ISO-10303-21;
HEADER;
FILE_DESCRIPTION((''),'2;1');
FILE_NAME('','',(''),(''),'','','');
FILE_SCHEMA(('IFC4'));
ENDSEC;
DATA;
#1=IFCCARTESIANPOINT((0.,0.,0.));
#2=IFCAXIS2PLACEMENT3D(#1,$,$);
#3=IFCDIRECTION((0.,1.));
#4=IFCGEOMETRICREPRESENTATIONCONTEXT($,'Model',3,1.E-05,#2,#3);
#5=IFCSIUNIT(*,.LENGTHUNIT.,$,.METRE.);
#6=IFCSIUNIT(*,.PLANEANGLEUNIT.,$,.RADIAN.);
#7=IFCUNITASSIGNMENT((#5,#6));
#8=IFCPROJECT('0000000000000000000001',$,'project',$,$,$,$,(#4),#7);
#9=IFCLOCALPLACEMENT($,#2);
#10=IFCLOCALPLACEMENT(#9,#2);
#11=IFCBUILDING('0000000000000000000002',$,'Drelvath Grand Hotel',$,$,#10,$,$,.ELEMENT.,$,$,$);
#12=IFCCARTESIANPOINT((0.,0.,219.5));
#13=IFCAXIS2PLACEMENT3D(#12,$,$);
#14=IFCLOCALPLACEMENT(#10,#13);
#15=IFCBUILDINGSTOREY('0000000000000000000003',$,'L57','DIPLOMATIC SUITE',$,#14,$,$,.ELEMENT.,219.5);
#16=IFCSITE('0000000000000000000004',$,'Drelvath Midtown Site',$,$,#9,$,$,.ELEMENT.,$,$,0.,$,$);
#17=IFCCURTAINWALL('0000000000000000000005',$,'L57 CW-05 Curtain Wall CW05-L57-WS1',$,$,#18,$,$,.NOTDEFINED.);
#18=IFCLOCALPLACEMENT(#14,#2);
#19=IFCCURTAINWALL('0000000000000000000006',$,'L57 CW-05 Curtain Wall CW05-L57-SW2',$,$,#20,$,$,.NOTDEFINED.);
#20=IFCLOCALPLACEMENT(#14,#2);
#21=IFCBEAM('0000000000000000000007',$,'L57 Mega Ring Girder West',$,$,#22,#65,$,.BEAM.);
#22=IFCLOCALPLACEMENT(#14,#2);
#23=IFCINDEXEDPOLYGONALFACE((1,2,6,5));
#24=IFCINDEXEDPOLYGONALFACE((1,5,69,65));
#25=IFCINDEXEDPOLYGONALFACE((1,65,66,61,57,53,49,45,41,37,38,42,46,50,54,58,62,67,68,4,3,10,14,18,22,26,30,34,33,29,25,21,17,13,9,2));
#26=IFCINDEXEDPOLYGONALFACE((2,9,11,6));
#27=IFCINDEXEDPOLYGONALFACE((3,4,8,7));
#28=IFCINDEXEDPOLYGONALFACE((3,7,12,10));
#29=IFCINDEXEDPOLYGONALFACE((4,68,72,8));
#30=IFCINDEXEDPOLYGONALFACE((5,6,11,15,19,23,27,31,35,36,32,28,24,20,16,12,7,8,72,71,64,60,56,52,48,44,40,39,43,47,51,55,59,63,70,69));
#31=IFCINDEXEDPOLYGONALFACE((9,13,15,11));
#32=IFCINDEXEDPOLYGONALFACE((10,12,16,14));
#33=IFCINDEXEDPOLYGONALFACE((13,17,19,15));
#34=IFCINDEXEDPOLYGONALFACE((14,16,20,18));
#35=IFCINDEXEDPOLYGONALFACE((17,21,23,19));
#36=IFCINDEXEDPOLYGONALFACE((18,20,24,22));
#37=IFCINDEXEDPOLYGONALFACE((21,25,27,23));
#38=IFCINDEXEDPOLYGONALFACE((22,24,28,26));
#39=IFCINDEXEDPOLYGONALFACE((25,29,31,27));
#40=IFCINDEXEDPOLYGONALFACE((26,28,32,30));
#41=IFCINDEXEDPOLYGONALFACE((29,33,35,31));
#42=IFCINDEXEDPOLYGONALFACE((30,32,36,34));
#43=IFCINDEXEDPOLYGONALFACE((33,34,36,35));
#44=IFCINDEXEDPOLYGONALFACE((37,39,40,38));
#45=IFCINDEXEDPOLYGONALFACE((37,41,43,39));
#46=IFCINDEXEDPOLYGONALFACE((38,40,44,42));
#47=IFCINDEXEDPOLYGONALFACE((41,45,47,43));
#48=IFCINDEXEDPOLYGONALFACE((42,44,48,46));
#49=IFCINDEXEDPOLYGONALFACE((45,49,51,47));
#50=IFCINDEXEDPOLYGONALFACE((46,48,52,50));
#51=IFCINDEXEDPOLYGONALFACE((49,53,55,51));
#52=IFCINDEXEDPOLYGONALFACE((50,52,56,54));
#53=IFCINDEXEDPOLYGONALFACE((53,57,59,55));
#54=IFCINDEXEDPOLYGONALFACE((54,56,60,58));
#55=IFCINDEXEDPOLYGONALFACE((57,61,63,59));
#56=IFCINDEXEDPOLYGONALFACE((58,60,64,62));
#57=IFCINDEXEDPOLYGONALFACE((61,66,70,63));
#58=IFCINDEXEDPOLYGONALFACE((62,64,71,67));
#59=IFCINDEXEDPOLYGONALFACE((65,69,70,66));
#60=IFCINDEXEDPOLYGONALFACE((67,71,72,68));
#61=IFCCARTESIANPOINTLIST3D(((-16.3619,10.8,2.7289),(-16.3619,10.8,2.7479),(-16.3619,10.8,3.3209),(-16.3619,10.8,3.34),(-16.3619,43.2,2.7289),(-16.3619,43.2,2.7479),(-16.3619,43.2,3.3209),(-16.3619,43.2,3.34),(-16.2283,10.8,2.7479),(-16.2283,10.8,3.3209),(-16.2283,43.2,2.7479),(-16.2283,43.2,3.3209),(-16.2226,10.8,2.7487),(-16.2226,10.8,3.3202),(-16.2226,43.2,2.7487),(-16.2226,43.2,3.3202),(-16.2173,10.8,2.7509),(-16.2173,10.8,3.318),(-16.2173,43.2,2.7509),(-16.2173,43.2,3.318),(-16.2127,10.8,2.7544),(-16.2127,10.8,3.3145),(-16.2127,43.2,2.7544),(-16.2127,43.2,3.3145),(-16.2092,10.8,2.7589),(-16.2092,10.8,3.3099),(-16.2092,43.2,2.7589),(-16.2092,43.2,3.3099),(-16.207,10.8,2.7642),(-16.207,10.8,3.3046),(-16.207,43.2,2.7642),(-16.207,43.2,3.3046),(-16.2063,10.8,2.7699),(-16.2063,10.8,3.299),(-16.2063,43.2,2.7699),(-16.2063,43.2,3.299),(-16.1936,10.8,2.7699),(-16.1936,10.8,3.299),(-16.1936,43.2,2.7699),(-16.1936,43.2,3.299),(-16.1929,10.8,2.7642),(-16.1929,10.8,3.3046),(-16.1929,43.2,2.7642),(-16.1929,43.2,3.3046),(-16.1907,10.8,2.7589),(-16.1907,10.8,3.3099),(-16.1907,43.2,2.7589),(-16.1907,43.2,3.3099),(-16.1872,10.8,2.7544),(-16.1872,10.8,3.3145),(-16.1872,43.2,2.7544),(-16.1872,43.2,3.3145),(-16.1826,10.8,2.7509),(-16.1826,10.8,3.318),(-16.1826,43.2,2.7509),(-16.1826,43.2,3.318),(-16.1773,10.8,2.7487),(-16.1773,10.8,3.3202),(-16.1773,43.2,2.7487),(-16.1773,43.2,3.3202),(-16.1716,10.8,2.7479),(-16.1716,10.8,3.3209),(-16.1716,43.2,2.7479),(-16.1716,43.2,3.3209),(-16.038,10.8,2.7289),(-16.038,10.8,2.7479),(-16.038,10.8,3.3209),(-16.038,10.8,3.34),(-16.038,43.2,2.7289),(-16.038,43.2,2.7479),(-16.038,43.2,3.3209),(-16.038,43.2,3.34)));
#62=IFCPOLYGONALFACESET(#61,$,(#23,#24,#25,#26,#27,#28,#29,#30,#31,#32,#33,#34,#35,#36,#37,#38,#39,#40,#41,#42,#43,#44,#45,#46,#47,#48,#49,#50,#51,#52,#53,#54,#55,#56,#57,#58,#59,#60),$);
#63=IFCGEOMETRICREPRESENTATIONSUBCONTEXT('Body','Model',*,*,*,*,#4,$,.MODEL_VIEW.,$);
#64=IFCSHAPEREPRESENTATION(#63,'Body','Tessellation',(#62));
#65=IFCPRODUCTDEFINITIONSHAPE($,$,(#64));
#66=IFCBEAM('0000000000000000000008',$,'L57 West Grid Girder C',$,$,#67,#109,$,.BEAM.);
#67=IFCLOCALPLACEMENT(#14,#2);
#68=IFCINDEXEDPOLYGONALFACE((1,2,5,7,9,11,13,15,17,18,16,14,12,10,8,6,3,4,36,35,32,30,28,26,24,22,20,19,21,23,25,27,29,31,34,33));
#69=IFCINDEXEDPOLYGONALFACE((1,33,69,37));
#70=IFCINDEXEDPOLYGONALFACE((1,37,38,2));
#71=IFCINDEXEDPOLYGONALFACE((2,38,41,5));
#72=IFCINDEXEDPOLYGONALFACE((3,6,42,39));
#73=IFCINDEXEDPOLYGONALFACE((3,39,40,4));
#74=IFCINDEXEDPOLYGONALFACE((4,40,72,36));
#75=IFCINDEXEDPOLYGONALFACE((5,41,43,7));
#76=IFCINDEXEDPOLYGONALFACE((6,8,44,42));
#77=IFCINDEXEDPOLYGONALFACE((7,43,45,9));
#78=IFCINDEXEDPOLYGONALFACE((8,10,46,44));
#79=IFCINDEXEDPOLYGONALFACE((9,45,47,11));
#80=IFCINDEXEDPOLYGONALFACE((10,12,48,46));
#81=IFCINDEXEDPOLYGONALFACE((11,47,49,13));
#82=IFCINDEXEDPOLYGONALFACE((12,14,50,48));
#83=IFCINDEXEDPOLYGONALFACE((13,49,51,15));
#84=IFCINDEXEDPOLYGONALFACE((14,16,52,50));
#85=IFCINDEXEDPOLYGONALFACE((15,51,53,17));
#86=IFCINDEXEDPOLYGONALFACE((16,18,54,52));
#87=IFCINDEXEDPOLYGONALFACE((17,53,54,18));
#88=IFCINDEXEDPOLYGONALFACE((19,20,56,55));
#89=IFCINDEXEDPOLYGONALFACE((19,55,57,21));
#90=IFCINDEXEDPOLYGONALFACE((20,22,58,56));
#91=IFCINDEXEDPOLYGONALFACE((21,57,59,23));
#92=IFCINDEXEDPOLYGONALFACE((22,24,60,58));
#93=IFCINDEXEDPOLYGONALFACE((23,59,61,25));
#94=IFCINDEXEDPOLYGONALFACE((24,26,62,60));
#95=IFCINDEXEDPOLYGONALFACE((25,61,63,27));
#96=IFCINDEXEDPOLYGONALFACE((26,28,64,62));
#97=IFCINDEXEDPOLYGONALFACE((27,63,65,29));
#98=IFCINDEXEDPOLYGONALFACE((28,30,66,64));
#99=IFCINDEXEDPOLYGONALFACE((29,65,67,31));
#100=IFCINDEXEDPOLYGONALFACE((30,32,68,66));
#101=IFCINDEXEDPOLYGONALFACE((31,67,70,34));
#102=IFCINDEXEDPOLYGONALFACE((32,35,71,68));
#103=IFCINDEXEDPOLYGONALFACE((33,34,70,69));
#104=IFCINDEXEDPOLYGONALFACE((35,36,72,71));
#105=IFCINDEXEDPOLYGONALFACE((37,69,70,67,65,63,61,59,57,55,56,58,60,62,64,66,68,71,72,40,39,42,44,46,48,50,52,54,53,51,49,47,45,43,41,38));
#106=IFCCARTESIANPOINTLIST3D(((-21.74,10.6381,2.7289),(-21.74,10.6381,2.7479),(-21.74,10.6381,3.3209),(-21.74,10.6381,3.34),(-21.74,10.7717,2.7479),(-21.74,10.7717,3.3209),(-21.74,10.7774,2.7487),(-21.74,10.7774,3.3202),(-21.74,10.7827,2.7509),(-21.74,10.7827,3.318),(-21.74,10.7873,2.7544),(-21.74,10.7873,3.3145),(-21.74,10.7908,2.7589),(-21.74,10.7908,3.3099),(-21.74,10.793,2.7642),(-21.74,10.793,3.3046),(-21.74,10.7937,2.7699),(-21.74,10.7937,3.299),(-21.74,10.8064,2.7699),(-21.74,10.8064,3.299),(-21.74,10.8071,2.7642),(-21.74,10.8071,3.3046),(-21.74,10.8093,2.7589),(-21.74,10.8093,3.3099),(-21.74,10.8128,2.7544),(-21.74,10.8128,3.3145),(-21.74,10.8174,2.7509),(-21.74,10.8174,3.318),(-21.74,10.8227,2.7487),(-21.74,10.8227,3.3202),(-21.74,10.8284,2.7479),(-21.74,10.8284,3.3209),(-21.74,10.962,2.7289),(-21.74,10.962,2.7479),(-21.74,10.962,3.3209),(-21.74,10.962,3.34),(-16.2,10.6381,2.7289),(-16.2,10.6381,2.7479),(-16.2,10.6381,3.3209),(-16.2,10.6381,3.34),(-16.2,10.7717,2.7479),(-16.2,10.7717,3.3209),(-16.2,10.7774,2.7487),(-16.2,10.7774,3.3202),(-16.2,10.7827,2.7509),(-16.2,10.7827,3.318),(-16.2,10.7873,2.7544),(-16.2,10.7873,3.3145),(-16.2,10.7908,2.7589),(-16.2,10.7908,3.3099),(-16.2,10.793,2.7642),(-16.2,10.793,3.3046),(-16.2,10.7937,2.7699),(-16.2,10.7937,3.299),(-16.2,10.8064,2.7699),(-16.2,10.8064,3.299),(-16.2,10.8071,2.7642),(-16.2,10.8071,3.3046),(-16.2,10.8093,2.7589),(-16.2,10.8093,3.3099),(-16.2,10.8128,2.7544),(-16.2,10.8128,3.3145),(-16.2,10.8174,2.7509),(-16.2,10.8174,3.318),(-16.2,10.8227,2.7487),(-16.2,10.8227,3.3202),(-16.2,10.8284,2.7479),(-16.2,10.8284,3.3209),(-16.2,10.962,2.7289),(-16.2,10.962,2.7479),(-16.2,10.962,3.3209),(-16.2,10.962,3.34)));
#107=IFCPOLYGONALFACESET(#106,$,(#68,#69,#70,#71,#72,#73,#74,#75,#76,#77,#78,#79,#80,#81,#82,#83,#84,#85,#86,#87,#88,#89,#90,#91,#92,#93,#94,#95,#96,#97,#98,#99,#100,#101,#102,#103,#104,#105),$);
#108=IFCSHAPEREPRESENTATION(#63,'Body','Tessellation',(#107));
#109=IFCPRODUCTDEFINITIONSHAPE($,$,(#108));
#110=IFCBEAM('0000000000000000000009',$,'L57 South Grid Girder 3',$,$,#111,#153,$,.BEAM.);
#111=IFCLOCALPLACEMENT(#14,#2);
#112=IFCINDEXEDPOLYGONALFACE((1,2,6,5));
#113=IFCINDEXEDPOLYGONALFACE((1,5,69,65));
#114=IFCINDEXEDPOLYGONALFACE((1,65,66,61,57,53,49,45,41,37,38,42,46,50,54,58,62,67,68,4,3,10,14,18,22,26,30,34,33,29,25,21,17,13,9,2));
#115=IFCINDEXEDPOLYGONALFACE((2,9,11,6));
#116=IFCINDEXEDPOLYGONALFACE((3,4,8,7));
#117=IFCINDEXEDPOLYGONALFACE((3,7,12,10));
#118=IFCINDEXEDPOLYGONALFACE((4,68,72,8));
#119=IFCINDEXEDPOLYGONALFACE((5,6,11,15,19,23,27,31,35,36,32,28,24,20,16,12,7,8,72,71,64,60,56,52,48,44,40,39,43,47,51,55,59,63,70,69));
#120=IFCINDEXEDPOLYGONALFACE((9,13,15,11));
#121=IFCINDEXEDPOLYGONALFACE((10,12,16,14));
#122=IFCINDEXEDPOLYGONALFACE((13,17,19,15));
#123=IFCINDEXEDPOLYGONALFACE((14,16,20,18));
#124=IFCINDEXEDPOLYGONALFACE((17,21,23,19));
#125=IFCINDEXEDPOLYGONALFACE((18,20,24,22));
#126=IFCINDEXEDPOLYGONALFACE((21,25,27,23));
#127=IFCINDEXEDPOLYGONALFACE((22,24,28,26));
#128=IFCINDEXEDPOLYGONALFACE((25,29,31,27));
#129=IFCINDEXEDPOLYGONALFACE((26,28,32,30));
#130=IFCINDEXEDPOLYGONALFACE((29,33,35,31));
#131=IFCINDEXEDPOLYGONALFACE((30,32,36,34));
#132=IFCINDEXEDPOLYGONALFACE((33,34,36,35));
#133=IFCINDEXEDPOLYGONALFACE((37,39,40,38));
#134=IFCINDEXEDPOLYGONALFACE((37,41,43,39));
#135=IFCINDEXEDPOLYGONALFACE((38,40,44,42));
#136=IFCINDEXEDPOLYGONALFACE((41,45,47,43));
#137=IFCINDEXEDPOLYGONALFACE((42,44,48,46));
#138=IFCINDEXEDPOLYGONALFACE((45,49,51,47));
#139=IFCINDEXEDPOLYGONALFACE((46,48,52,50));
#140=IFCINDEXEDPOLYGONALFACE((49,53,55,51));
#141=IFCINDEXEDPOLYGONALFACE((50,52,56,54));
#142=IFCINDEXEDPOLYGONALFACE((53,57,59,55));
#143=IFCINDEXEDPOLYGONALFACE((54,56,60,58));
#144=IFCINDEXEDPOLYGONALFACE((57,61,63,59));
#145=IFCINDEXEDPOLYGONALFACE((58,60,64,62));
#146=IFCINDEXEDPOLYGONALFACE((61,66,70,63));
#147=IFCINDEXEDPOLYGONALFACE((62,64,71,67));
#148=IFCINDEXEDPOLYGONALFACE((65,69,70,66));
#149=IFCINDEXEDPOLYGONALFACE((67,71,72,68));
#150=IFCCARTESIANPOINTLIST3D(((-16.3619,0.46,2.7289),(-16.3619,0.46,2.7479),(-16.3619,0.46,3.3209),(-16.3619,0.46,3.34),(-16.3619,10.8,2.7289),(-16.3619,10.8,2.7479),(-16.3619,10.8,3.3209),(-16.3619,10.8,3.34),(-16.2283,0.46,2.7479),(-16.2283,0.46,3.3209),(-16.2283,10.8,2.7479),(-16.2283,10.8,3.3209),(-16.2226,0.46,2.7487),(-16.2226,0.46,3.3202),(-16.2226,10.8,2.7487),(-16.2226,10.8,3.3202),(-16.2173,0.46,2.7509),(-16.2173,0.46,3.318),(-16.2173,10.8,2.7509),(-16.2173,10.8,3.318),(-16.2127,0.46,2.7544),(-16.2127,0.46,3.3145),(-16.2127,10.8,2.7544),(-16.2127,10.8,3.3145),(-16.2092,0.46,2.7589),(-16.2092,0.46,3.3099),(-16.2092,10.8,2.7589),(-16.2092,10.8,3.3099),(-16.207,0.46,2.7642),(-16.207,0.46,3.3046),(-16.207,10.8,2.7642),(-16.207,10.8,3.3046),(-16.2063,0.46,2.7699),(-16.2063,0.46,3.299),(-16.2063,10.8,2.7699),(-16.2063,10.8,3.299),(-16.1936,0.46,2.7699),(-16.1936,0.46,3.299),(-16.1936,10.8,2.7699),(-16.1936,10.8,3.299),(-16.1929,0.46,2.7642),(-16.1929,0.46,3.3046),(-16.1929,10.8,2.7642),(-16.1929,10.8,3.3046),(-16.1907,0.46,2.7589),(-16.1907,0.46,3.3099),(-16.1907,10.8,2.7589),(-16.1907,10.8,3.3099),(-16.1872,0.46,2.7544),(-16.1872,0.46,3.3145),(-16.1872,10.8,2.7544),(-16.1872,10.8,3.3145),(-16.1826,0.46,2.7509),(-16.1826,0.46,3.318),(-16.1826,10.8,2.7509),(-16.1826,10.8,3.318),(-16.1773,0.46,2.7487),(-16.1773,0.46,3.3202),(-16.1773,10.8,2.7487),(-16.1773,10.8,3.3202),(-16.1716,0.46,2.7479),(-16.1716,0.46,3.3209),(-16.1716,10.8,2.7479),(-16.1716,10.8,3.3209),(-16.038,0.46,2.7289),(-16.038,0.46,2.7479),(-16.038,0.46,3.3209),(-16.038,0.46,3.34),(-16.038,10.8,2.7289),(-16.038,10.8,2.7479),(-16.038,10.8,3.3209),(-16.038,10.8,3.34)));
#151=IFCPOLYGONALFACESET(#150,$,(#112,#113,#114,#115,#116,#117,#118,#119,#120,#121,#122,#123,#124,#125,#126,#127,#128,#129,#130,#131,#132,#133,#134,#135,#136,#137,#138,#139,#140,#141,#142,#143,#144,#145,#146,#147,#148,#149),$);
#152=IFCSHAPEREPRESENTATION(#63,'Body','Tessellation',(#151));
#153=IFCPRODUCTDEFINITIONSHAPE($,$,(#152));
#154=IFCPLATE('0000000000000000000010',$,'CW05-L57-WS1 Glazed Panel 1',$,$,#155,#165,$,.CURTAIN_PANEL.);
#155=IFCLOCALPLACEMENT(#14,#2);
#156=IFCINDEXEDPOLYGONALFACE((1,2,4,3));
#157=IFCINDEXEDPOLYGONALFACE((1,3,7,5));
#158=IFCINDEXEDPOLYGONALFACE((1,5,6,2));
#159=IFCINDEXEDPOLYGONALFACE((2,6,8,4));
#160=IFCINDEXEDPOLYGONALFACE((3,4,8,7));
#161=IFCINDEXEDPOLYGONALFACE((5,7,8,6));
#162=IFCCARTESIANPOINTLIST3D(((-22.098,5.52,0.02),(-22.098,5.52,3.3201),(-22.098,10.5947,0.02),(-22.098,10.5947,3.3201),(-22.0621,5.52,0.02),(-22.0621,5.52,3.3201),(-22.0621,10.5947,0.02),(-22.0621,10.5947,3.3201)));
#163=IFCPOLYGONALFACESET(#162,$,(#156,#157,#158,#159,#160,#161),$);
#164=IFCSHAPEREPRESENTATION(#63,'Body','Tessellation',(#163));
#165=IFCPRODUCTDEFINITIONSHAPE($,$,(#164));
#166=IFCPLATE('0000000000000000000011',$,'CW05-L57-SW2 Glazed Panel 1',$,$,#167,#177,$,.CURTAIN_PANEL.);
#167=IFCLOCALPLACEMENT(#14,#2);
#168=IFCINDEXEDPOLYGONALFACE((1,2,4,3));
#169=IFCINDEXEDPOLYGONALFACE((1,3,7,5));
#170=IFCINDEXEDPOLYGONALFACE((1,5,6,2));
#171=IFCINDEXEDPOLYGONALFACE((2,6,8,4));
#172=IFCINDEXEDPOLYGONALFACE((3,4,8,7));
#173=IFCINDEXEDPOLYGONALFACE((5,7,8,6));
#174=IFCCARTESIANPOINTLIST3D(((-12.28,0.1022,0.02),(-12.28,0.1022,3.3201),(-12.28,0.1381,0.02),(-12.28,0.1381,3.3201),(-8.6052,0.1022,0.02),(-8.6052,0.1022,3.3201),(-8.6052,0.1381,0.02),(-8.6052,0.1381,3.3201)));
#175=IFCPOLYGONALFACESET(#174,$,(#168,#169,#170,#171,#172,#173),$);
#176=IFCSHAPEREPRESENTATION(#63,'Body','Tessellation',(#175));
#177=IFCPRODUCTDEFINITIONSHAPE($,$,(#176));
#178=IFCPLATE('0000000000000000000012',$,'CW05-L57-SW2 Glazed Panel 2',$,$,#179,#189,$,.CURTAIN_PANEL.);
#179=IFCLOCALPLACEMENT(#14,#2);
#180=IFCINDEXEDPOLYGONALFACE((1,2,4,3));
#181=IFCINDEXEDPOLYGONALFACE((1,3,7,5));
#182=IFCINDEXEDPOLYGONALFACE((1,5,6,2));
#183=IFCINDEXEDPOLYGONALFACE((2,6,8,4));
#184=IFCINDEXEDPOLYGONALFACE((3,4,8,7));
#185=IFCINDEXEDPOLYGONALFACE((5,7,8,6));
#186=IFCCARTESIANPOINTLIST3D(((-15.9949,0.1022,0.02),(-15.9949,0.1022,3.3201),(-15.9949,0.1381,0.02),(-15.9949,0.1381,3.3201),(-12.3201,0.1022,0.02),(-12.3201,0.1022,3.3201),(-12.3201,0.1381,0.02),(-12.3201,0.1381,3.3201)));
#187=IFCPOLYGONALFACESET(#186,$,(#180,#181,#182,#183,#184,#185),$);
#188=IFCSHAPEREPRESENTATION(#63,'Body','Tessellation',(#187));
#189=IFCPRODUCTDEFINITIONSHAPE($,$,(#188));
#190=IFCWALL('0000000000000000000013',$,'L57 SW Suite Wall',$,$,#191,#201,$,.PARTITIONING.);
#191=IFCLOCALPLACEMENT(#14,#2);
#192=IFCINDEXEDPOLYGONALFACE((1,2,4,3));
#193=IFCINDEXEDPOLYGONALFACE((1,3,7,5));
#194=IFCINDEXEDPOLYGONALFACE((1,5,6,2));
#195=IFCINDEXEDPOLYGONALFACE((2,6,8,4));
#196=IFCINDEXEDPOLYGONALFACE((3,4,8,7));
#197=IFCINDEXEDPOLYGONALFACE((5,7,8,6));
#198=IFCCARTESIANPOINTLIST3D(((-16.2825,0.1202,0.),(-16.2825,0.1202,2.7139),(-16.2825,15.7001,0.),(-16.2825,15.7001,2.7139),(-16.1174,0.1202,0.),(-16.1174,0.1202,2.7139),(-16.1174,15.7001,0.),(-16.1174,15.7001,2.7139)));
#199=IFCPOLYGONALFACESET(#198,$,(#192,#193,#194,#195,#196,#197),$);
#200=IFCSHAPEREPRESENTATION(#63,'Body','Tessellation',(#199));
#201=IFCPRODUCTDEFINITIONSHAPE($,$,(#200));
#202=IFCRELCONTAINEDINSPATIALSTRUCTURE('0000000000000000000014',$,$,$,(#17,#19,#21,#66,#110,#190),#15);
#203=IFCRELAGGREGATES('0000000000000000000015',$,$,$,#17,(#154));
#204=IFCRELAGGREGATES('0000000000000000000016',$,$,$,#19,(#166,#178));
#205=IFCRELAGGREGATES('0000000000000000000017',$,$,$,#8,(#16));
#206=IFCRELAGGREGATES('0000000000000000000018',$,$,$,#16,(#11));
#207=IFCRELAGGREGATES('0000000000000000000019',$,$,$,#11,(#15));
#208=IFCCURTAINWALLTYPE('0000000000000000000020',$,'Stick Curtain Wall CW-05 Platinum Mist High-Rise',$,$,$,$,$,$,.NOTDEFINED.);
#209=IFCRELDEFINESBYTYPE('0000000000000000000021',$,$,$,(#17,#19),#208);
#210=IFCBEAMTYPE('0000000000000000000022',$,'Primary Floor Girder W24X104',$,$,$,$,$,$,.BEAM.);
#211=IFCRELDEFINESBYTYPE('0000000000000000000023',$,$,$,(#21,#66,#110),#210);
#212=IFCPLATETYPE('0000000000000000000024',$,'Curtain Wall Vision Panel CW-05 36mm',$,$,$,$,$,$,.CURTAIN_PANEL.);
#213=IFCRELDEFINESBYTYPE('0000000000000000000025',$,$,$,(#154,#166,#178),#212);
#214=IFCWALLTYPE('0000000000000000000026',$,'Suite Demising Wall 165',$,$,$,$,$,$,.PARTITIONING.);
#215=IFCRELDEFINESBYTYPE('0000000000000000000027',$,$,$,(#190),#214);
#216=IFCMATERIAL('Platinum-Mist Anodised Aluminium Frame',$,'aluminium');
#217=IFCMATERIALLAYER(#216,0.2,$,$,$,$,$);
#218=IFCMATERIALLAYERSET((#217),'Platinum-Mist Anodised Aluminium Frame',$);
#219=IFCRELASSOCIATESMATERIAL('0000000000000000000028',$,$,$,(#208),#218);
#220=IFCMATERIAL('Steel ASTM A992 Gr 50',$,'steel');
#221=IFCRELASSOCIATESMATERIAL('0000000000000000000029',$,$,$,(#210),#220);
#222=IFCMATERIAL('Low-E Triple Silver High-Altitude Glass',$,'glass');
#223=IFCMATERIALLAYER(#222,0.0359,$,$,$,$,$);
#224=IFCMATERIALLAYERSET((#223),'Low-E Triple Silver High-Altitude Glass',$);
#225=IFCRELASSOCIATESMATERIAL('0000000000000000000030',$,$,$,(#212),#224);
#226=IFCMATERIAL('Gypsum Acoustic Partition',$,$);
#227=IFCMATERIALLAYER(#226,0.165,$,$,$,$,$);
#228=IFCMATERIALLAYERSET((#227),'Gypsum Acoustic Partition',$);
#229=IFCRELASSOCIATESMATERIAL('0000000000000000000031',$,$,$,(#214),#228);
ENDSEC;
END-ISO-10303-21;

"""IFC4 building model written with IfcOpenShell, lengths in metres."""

from ifc_helpers import new_model, si_unit, direction, frame, frame_2d, origin, origin_2d, place, context, subcontext, project, spatial, rectangle, i_section, extrude, material, layer, layer_set, material_profile, profile_set, type_object, element, aggregate, save


model = new_model("IFC4")

# Units and contexts
model_context = context("Model", 3, precision=1e-05, world=origin(), true_north=direction((0.0, 1.0)))
body_context = subcontext(model_context, "Body", "Model", "MODEL_VIEW")
ifc_project = project(units=[si_unit("LENGTHUNIT", "METRE"), si_unit("PLANEANGLEUNIT", "RADIAN")], contexts=[model_context])

# Site, building, storey
site_placement = place(None, origin())
site = spatial("IfcSite", under=ifc_project, at=site_placement, Name="Drelvath Midtown Site", CompositionType="ELEMENT", RefElevation=0.0)
building_placement = place(site_placement, origin())
building = spatial("IfcBuilding", under=site, at=building_placement, Name="Drelvath Grand Hotel", CompositionType="ELEMENT")
storey_placement = place(building_placement, frame((0.0, 0.0, 219.5)))
storey = spatial("IfcBuildingStorey", under=building, at=storey_placement, Name="L57", Description="DIPLOMATIC SUITE", CompositionType="ELEMENT", Elevation=219.5)

# Shared definitions
ifc_material_1 = material(Name="Steel ASTM A992 Gr 50", Category="steel")

# Curtain walls
ifc_material_2 = material(Name="Platinum-Mist Anodised Aluminium Frame", Category="aluminium")
ifc_layer_1 = layer(ifc_material_2, 0.2)
ifc_layer_set_1 = layer_set([ifc_layer_1], Name="Platinum-Mist Anodised Aluminium Frame")
curtain_wall_type = type_object("IfcCurtainWallType", Name="Stick Curtain Wall CW-05 Platinum Mist High-Rise", PredefinedType="NOTDEFINED", material=ifc_layer_set_1)
curtain_wall_1_placement = place(storey_placement, origin())
curtain_wall_1 = element("IfcCurtainWall", 1, at=curtain_wall_1_placement, inside=storey, type_object=curtain_wall_type, Name="L57 CW-05 Curtain Wall CW05-L57-WS1", PredefinedType="NOTDEFINED")
curtain_wall_2_placement = place(storey_placement, origin())
curtain_wall_2 = element("IfcCurtainWall", 2, at=curtain_wall_2_placement, inside=storey, type_object=curtain_wall_type, Name="L57 CW-05 Curtain Wall CW05-L57-SW2", PredefinedType="NOTDEFINED")

# Beams
ifc_material_profile_1 = material_profile(ifc_material_1, i_section(OverallWidth=0.324, OverallDepth=0.6111, WebThickness=0.0127, FlangeThickness=0.019, FilletRadius=0.022, at=origin_2d()), Name="W24X104")
ifc_profile_set_1 = profile_set([ifc_material_profile_1], Name="Steel ASTM A992 Gr 50")
beam_type_1 = type_object("IfcBeamType", Name="Primary Floor Girder W24X104", PredefinedType="BEAM", material=ifc_profile_set_1)
for number, where, z_axis, x_axis, name in (
    (3, (-16.2, 10.8, 3.0344), (0.0, 1.0, 0.0), (-1.0, 0.0, 0.0), "L57 Mega Ring Girder West"),
):
    element("IfcBeam", number, at=place(storey_placement, frame(where, z_axis=z_axis, x_axis=x_axis)), inside=storey, type_object=beam_type_1, Name=name, PredefinedType="BEAM", context=body_context, shape_type="SweptSolid", body=[
        extrude(i_section(OverallWidth=0.324, OverallDepth=0.6111, WebThickness=0.0127, FlangeThickness=0.019, FilletRadius=0.022, at=origin_2d()), origin(), (0.0, 0.0, 1.0), 32.3999),
    ])
beam_1_placement = place(storey_placement, frame((-21.74, 10.8, 3.0344), z_axis=(1.0, 0.0, 0.0), x_axis=(0.0, 1.0, 0.0)))
element("IfcBeam", 4, at=beam_1_placement, inside=storey, type_object=beam_type_1, Name="L57 West Grid Girder C", PredefinedType="BEAM", context=body_context, shape_type="SweptSolid", body=[
    extrude(i_section(OverallWidth=0.324, OverallDepth=0.6111, WebThickness=0.0127, FlangeThickness=0.019, FilletRadius=0.022, at=origin_2d()), origin(), (0.0, 0.0, 1.0), 5.54),
])
beam_2_placement = place(storey_placement, frame((-16.2, 0.46, 3.0344), z_axis=(0.0, 1.0, 0.0), x_axis=(-1.0, 0.0, 0.0)))
element("IfcBeam", 5, at=beam_2_placement, inside=storey, type_object=beam_type_1, Name="L57 South Grid Girder 3", PredefinedType="BEAM", context=body_context, shape_type="SweptSolid", body=[
    extrude(i_section(OverallWidth=0.324, OverallDepth=0.6111, WebThickness=0.0127, FlangeThickness=0.019, FilletRadius=0.022, at=origin_2d()), origin(), (0.0, 0.0, 1.0), 10.3401),
])

# Plates
ifc_material_3 = material(Name="Low-E Triple Silver High-Altitude Glass", Category="glass")
ifc_layer_2 = layer(ifc_material_3, 0.0359)
ifc_layer_set_2 = layer_set([ifc_layer_2], Name="Low-E Triple Silver High-Altitude Glass")
plate_type = type_object("IfcPlateType", Name="Curtain Wall Vision Panel CW-05 36mm", PredefinedType="CURTAIN_PANEL", material=ifc_layer_set_2)
plate_1_placement = place(storey_placement, frame((-22.0801, 8.0574, 0.02), z_axis=(0.0, 0.0, 1.0), x_axis=(0.0, 1.0, 0.0)))
plate_1 = element("IfcPlate", 6, at=plate_1_placement, type_object=plate_type, Name="CW05-L57-WS1 Glazed Panel 1", PredefinedType="CURTAIN_PANEL", context=body_context, shape_type="SweptSolid", body=[
    extrude(rectangle(XDim=5.0747, YDim=0.0359, at=origin_2d()), origin(), (0.0, 0.0, 1.0), 3.3),
])
aggregate(curtain_wall_1, [plate_1])
plate_2_placement = place(storey_placement, frame((-10.4426, 0.1201, 0.02), z_axis=(0.0, 0.0, 1.0), x_axis=(-1.0, 0.0, 0.0)))
plate_2 = element("IfcPlate", 7, at=plate_2_placement, type_object=plate_type, Name="CW05-L57-SW2 Glazed Panel 1", PredefinedType="CURTAIN_PANEL", context=body_context, shape_type="SweptSolid", body=[
    extrude(rectangle(XDim=3.6748, YDim=0.0359, at=origin_2d()), origin(), (0.0, 0.0, 1.0), 3.3),
])
plate_3_placement = place(storey_placement, frame((-14.1575, 0.1201, 0.02), z_axis=(0.0, 0.0, 1.0), x_axis=(-1.0, 0.0, 0.0)))
plate_3 = element("IfcPlate", 8, at=plate_3_placement, type_object=plate_type, Name="CW05-L57-SW2 Glazed Panel 2", PredefinedType="CURTAIN_PANEL", context=body_context, shape_type="SweptSolid", body=[
    extrude(rectangle(XDim=3.6748, YDim=0.0359, at=origin_2d()), origin(), (0.0, 0.0, 1.0), 3.3),
])
aggregate(curtain_wall_2, [plate_2, plate_3])

# Wall
ifc_material_4 = material(Name="Gypsum Acoustic Partition")
ifc_layer_3 = layer(ifc_material_4, 0.165)
ifc_layer_set_3 = layer_set([ifc_layer_3], Name="Gypsum Acoustic Partition")
wall_type_1 = type_object("IfcWallType", Name="Suite Demising Wall 165", PredefinedType="PARTITIONING", material=ifc_layer_set_3)
wall_1_placement = place(storey_placement, frame((-16.2, 0.1201, 0.0), z_axis=(0.0, 0.0, 1.0), x_axis=(0.0, 1.0, 0.0)))
element("IfcWall", 9, at=wall_1_placement, inside=storey, type_object=wall_type_1, Name="L57 SW Suite Wall", PredefinedType="PARTITIONING", context=body_context, shape_type="SweptSolid", body=[
    extrude(rectangle(XDim=15.5798, YDim=0.165, at=frame_2d((7.79, 0.0))), origin(), (0.0, 0.0, 1.0), 2.7139),
])

save(model, "model.ifc")
